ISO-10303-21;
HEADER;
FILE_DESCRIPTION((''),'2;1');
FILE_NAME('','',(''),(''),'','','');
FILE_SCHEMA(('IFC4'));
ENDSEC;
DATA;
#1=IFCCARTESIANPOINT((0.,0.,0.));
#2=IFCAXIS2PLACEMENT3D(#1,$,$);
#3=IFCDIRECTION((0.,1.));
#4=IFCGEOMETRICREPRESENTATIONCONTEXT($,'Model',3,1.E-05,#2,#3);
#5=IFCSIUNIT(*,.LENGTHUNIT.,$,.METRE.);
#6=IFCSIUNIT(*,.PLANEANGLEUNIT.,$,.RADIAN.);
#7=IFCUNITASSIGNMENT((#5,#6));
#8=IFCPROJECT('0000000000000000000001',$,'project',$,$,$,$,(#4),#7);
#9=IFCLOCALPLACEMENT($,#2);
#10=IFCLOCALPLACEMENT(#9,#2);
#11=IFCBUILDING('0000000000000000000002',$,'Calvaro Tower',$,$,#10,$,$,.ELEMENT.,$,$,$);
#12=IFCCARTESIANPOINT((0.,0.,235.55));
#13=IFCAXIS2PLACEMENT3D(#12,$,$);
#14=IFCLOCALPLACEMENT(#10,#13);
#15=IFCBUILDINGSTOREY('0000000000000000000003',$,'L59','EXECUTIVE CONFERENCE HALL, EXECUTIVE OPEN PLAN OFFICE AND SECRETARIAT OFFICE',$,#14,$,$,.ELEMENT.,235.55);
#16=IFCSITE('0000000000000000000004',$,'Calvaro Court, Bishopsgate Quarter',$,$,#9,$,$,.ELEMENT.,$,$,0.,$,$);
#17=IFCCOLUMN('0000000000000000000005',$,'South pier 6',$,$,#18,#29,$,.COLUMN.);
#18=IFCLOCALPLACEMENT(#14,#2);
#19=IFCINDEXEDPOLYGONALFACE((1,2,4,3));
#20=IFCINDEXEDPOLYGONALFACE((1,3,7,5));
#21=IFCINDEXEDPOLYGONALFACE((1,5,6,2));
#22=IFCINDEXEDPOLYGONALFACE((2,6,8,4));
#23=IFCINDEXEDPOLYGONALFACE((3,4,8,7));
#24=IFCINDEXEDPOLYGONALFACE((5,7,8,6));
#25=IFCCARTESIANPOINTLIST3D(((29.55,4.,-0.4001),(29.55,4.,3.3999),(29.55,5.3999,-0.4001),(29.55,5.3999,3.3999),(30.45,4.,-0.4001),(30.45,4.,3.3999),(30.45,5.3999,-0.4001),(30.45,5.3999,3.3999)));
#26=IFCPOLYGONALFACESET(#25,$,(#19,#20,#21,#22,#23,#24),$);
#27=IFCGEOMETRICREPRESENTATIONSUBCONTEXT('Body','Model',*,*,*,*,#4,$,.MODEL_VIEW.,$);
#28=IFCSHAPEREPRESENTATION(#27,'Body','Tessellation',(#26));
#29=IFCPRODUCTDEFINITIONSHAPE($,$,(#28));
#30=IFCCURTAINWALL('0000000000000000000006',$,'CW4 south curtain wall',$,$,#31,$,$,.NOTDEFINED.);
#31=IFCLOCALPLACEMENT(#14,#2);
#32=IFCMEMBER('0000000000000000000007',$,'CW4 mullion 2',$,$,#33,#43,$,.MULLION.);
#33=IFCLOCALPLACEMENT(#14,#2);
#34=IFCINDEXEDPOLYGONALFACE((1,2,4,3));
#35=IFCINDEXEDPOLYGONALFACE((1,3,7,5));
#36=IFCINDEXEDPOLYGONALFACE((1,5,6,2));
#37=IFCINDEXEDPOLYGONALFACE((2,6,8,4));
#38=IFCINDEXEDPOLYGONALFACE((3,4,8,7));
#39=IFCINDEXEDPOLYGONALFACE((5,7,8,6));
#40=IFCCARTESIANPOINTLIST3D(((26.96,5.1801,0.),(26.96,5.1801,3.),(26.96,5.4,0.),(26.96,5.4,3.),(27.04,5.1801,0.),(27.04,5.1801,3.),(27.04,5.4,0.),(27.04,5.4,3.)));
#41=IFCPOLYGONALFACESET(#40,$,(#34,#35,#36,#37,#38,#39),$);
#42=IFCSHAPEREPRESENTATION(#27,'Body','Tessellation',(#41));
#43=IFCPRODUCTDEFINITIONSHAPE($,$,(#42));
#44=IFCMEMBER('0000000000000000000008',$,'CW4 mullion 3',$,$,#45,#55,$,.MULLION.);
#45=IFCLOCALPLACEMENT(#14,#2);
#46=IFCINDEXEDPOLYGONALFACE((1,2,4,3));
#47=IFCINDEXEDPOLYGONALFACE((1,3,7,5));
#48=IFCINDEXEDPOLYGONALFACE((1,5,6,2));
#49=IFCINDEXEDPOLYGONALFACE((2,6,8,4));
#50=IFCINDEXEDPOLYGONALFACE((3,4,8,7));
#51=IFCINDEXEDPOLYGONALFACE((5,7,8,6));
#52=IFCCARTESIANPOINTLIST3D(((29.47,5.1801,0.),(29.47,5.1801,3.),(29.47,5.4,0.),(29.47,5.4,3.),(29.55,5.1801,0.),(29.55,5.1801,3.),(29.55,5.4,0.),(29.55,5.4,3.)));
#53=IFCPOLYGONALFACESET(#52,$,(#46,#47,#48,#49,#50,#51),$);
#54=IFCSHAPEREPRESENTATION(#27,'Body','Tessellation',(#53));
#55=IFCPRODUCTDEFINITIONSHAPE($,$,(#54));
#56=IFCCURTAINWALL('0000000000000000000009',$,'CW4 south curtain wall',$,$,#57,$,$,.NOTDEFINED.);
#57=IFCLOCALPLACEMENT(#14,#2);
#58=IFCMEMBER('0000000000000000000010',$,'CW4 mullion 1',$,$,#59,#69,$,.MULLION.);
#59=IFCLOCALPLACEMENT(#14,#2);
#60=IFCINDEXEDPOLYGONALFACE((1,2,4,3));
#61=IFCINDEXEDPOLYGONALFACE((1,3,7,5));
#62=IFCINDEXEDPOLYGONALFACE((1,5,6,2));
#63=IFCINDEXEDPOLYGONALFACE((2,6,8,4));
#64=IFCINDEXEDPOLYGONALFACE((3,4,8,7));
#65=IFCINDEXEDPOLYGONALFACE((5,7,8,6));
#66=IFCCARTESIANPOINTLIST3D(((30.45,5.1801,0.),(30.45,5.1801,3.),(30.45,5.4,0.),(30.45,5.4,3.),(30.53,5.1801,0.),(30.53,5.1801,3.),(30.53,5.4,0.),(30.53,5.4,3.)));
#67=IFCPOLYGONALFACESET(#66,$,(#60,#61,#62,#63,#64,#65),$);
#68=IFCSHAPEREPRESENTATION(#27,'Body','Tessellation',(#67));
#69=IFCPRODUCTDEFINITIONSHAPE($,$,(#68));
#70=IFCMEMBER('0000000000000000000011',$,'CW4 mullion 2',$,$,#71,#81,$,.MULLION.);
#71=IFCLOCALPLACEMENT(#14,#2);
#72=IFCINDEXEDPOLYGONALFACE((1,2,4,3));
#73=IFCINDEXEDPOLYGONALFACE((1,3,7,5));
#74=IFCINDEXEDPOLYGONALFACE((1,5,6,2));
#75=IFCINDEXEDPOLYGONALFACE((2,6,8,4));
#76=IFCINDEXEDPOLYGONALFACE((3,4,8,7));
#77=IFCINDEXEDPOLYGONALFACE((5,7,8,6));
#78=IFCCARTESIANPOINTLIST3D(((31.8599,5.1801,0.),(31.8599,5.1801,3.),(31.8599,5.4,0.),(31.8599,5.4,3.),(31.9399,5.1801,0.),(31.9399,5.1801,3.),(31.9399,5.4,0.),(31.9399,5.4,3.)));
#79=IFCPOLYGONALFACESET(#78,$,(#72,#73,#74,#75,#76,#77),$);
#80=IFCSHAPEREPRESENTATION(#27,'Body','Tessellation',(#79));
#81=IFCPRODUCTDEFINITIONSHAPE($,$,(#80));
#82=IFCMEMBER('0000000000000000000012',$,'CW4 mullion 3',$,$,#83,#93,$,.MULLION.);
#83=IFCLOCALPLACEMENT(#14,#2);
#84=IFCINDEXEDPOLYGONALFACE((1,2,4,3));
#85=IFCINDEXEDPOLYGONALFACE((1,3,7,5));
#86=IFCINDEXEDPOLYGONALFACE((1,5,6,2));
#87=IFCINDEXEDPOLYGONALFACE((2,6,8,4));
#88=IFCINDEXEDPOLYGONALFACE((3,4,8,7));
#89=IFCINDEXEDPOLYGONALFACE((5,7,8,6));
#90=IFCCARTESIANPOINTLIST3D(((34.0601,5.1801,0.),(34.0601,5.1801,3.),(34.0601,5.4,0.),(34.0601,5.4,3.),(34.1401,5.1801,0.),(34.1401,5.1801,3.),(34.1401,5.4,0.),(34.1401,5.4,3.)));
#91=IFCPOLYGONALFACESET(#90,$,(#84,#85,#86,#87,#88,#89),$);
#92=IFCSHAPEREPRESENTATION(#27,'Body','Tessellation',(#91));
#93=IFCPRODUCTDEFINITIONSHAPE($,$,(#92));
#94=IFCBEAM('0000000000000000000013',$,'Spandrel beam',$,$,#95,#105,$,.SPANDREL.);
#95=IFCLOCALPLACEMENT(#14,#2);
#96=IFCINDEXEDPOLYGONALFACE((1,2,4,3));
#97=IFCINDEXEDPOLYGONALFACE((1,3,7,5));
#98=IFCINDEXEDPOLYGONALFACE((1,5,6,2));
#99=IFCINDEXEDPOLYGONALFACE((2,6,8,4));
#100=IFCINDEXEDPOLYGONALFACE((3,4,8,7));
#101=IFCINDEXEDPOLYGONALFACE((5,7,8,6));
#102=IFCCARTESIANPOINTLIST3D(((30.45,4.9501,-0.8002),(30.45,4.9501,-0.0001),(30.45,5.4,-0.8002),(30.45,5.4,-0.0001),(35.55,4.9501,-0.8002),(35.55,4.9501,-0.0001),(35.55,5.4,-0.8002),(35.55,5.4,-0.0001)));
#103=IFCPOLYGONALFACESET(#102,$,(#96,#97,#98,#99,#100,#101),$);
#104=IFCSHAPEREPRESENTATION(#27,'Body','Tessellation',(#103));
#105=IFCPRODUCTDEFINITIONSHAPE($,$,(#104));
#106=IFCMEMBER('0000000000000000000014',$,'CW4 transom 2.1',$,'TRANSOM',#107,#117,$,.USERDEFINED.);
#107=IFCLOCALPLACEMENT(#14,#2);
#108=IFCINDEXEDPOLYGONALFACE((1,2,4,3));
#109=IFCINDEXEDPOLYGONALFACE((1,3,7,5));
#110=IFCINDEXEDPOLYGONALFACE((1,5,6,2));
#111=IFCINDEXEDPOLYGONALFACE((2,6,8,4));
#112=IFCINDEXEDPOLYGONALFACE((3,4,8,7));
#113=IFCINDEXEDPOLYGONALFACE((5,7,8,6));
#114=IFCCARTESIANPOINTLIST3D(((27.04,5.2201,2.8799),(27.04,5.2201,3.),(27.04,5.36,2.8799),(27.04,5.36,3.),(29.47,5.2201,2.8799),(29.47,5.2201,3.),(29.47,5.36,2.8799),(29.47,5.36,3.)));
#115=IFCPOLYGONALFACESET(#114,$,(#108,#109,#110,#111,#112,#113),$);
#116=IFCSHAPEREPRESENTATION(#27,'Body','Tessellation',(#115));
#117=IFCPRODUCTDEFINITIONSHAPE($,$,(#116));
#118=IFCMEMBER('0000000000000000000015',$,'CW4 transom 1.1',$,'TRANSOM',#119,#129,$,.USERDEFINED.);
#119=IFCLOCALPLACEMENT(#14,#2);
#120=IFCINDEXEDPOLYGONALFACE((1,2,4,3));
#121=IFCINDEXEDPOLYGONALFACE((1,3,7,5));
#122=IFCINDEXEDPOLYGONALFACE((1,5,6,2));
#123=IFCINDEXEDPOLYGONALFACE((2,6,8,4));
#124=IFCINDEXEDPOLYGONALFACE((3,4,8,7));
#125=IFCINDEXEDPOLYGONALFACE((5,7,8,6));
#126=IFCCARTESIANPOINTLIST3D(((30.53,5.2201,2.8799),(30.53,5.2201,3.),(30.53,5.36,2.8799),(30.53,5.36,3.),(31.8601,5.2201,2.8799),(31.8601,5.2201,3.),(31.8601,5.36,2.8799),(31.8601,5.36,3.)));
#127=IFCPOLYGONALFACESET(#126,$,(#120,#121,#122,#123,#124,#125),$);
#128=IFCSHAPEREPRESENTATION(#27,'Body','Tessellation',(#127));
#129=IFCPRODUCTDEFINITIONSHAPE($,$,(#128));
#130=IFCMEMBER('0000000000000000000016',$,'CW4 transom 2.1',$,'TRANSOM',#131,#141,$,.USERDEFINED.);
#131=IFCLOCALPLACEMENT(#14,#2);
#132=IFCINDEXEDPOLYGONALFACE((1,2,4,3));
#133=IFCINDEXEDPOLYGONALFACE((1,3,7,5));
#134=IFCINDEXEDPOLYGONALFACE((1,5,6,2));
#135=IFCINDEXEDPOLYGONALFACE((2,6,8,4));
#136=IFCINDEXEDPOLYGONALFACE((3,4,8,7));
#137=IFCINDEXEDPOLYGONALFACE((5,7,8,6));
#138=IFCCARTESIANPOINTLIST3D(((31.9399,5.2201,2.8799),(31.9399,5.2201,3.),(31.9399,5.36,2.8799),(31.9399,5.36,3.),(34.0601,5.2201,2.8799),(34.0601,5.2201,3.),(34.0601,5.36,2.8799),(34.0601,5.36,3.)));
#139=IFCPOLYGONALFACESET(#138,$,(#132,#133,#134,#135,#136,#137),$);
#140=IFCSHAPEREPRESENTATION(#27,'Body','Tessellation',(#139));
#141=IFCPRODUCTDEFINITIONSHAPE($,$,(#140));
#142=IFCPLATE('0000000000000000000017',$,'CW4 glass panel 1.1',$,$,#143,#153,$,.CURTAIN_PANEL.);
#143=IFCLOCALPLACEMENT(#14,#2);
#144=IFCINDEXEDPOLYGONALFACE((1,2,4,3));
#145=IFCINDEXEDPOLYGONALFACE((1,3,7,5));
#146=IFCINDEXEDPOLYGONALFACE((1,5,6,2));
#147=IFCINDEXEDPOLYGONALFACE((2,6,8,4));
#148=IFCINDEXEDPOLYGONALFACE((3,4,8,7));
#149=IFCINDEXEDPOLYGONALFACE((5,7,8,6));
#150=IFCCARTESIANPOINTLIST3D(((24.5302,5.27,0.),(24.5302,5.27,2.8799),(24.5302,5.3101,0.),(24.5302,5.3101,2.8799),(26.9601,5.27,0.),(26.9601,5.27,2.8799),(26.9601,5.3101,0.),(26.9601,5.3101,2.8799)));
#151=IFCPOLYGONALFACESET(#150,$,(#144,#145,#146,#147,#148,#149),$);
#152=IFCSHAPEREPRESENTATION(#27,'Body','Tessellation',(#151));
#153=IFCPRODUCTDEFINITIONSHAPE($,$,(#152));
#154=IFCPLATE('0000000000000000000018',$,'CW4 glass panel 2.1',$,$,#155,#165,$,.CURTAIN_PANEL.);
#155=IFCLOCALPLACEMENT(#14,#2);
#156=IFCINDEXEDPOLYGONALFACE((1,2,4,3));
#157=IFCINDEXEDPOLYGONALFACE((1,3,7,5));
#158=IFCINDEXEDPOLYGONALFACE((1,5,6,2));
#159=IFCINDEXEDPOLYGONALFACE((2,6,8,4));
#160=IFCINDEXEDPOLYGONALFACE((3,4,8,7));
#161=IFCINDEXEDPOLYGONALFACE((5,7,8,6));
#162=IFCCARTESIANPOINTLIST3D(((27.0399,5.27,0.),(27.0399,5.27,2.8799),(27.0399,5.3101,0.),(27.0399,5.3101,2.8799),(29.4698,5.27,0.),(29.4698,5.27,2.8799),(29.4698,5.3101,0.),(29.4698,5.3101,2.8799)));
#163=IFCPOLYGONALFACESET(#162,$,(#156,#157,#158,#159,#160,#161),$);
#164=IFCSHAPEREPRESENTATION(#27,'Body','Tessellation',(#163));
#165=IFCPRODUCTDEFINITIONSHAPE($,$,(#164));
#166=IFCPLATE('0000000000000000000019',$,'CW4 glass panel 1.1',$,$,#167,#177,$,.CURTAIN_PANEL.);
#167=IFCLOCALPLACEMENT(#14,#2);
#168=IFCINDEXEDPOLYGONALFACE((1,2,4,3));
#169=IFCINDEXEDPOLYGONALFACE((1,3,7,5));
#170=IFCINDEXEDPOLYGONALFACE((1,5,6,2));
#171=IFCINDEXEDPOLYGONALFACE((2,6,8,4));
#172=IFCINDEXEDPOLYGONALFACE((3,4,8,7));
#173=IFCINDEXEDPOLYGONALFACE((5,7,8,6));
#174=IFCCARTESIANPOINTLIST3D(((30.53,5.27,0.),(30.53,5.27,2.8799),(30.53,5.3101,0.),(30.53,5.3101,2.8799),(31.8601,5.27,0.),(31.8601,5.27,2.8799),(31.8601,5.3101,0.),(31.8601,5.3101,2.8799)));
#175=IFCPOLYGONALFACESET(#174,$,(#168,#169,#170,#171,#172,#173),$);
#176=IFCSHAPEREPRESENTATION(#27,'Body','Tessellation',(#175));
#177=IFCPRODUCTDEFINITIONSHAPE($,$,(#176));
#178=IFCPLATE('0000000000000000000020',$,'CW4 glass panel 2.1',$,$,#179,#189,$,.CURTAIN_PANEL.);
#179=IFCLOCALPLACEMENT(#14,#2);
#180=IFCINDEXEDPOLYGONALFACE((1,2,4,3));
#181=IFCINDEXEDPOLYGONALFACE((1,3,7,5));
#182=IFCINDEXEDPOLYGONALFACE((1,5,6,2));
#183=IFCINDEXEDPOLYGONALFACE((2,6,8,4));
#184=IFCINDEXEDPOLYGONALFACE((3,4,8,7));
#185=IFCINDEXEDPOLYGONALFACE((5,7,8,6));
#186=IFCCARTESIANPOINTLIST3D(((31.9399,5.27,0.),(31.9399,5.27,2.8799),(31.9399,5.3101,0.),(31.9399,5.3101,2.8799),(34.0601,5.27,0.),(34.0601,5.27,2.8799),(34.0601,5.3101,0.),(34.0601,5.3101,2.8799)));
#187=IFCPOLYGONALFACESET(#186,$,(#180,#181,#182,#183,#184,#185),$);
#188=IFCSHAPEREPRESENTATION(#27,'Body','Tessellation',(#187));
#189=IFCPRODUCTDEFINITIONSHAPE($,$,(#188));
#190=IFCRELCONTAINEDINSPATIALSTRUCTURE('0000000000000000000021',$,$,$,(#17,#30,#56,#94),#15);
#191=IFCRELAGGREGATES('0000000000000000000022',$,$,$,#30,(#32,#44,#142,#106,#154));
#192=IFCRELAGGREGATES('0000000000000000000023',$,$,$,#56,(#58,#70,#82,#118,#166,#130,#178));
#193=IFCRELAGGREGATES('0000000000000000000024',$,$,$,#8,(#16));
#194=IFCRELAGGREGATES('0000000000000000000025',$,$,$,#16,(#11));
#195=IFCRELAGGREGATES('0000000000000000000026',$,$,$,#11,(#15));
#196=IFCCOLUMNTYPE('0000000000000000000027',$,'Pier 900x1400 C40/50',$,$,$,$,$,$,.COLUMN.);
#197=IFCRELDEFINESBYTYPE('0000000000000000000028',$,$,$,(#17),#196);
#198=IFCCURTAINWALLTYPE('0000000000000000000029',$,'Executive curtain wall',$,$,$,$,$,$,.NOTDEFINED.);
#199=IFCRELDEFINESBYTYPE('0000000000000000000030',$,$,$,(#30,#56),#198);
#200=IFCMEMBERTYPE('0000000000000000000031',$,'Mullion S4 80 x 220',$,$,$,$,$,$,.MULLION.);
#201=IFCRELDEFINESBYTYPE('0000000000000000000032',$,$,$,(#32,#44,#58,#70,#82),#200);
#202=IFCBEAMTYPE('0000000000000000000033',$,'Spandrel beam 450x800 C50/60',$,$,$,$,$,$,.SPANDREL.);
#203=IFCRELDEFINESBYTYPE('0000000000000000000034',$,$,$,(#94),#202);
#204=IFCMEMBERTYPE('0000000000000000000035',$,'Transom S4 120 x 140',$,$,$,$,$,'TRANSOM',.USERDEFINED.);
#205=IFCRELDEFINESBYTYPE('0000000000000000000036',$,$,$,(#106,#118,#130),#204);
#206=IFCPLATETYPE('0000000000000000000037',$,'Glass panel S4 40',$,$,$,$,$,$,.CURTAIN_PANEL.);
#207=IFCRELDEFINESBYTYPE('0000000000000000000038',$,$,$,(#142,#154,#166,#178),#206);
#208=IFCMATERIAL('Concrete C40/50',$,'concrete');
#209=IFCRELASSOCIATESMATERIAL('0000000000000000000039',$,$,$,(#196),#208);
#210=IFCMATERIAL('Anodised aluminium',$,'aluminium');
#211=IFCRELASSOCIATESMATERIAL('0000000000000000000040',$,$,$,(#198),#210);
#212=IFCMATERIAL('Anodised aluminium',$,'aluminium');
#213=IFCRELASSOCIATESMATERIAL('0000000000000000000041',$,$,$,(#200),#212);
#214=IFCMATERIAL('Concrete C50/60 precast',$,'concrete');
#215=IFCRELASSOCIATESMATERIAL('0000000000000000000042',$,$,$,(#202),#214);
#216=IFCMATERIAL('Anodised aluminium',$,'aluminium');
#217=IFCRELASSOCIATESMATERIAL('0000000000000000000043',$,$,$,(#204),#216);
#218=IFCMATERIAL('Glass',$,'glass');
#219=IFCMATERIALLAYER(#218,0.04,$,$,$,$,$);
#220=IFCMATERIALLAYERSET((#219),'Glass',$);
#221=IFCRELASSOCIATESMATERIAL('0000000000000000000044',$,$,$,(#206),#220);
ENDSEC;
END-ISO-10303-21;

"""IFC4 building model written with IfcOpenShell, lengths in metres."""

from ifc_helpers import new_model, si_unit, direction, frame, origin, origin_2d, place, context, subcontext, project, spatial, rectangle, extrude, material, layer, layer_set, material_profile, profile_set, type_object, element, aggregate, save


model = new_model("IFC4")

# Units and contexts
model_context = context("Model", 3, precision=1e-05, world=origin(), true_north=direction((0.0, 1.0)))
body_context = subcontext(model_context, "Body", "Model", "MODEL_VIEW")
ifc_project = project(units=[si_unit("LENGTHUNIT", "METRE"), si_unit("PLANEANGLEUNIT", "RADIAN")], contexts=[model_context])

# Site, building, storey
site_placement = place(None, origin())
site = spatial("IfcSite", under=ifc_project, at=site_placement, Name="Calvaro Court, Bishopsgate Quarter", CompositionType="ELEMENT", RefElevation=0.0)
building_placement = place(site_placement, origin())
building = spatial("IfcBuilding", under=site, at=building_placement, Name="Calvaro Tower", CompositionType="ELEMENT")
storey_placement = place(building_placement, frame((0.0, 0.0, 235.55)))
storey = spatial("IfcBuildingStorey", under=building, at=storey_placement, Name="L59", Description="EXECUTIVE CONFERENCE HALL, EXECUTIVE OPEN PLAN OFFICE AND SECRETARIAT OFFICE", CompositionType="ELEMENT", Elevation=235.55)

# Column
ifc_material_1 = material(Name="Concrete C40/50", Category="concrete")
ifc_material_profile_1 = material_profile(ifc_material_1, rectangle(XDim=0.8999, YDim=1.3999, at=origin_2d()), Name="RC 900x1400")
ifc_profile_set_1 = profile_set([ifc_material_profile_1], Name="Concrete C40/50")
column_type = type_object("IfcColumnType", Name="Pier 900x1400 C40/50", PredefinedType="COLUMN", material=ifc_profile_set_1)
column_placement = place(storey_placement, frame((30.0, 4.7, -0.4001), z_axis=(0.0, 0.0, 1.0), x_axis=(1.0, 0.0, 0.0)))
element("IfcColumn", 1, at=column_placement, inside=storey, type_object=column_type, Name="South pier 6", PredefinedType="COLUMN", context=body_context, shape_type="SweptSolid", body=[
    extrude(rectangle(XDim=0.8999, YDim=1.3999, at=origin_2d()), origin(), (0.0, 0.0, 1.0), 3.8),
])

# Curtain walls, members
ifc_material_2 = material(Name="Anodised aluminium", Category="aluminium")
curtain_wall_type = type_object("IfcCurtainWallType", Name="Executive curtain wall", PredefinedType="NOTDEFINED", material=ifc_material_2)
curtain_wall_1_placement = place(storey_placement, origin())
curtain_wall_1 = element("IfcCurtainWall", 2, at=curtain_wall_1_placement, inside=storey, type_object=curtain_wall_type, Name="CW4 south curtain wall", PredefinedType="NOTDEFINED")
ifc_material_3 = material(Name="Anodised aluminium", Category="aluminium")
ifc_material_profile_2 = material_profile(ifc_material_3, rectangle(XDim=0.22, YDim=0.0801, at=origin_2d()), Name="Mullion S4 80 x 220")
ifc_profile_set_2 = profile_set([ifc_material_profile_2], Name="Anodised aluminium")
member_type_1 = type_object("IfcMemberType", Name="Mullion S4 80 x 220", PredefinedType="MULLION", material=ifc_profile_set_2)
member_1_placement = place(storey_placement, frame((27.0, 5.29, 0.0), z_axis=(0.0, 0.0, 1.0), x_axis=(0.0, 1.0, 0.0)))
member_1 = element("IfcMember", 3, at=member_1_placement, type_object=member_type_1, Name="CW4 mullion 2", PredefinedType="MULLION", context=body_context, shape_type="SweptSolid", body=[
    extrude(rectangle(XDim=0.22, YDim=0.0801, at=origin_2d()), origin(), (0.0, 0.0, 1.0), 3.0),
])
member_2_placement = place(storey_placement, frame((29.51, 5.29, 0.0), z_axis=(0.0, 0.0, 1.0), x_axis=(0.0, 1.0, 0.0)))
member_2 = element("IfcMember", 4, at=member_2_placement, type_object=member_type_1, Name="CW4 mullion 3", PredefinedType="MULLION", context=body_context, shape_type="SweptSolid", body=[
    extrude(rectangle(XDim=0.22, YDim=0.0801, at=origin_2d()), origin(), (0.0, 0.0, 1.0), 3.0),
])
curtain_wall_2_placement = place(storey_placement, origin())
curtain_wall_2 = element("IfcCurtainWall", 5, at=curtain_wall_2_placement, inside=storey, type_object=curtain_wall_type, Name="CW4 south curtain wall", PredefinedType="NOTDEFINED")
member_3_placement = place(storey_placement, frame((30.49, 5.29, 0.0), z_axis=(0.0, 0.0, 1.0), x_axis=(0.0, 1.0, 0.0)))
member_3 = element("IfcMember", 6, at=member_3_placement, type_object=member_type_1, Name="CW4 mullion 1", PredefinedType="MULLION", context=body_context, shape_type="SweptSolid", body=[
    extrude(rectangle(XDim=0.22, YDim=0.0801, at=origin_2d()), origin(), (0.0, 0.0, 1.0), 3.0),
])
member_4_placement = place(storey_placement, frame((31.8999, 5.29, 0.0), z_axis=(0.0, 0.0, 1.0), x_axis=(0.0, 1.0, 0.0)))
member_4 = element("IfcMember", 7, at=member_4_placement, type_object=member_type_1, Name="CW4 mullion 2", PredefinedType="MULLION", context=body_context, shape_type="SweptSolid", body=[
    extrude(rectangle(XDim=0.22, YDim=0.0801, at=origin_2d()), origin(), (0.0, 0.0, 1.0), 3.0),
])
member_5_placement = place(storey_placement, frame((34.1001, 5.29, 0.0), z_axis=(0.0, 0.0, 1.0), x_axis=(0.0, 1.0, 0.0)))
member_5 = element("IfcMember", 8, at=member_5_placement, type_object=member_type_1, Name="CW4 mullion 3", PredefinedType="MULLION", context=body_context, shape_type="SweptSolid", body=[
    extrude(rectangle(XDim=0.22, YDim=0.0801, at=origin_2d()), origin(), (0.0, 0.0, 1.0), 3.0),
])

# Beam
ifc_material_4 = material(Name="Concrete C50/60 precast", Category="concrete")
ifc_material_profile_3 = material_profile(ifc_material_4, rectangle(XDim=0.45, YDim=0.8, at=origin_2d()), Name="RC 450x800")
ifc_profile_set_3 = profile_set([ifc_material_profile_3], Name="Concrete C50/60 precast")
beam_type = type_object("IfcBeamType", Name="Spandrel beam 450x800 C50/60", PredefinedType="SPANDREL", material=ifc_profile_set_3)
beam_placement = place(storey_placement, frame((30.45, 5.175, -0.4001), z_axis=(1.0, 0.0, 0.0), x_axis=(0.0, 1.0, 0.0)))
element("IfcBeam", 9, at=beam_placement, inside=storey, type_object=beam_type, Name="Spandrel beam", PredefinedType="SPANDREL", context=body_context, shape_type="SweptSolid", body=[
    extrude(rectangle(XDim=0.45, YDim=0.8, at=origin_2d()), origin(), (0.0, 0.0, 1.0), 5.1001),
])

# Members
ifc_material_5 = material(Name="Anodised aluminium", Category="aluminium")
ifc_material_profile_4 = material_profile(ifc_material_5, rectangle(XDim=0.1399, YDim=0.1201, at=origin_2d()), Name="Transom S4 120 x 140")
ifc_profile_set_4 = profile_set([ifc_material_profile_4], Name="Anodised aluminium")
member_type_2 = type_object("IfcMemberType", Name="Transom S4 120 x 140", ElementType="TRANSOM", PredefinedType="USERDEFINED", material=ifc_profile_set_4)
member_6_placement = place(storey_placement, frame((27.04, 5.29, 2.9399), z_axis=(1.0, 0.0, 0.0), x_axis=(0.0, 1.0, 0.0)))
member_6 = element("IfcMember", 10, at=member_6_placement, type_object=member_type_2, Name="CW4 transom 2.1", ObjectType="TRANSOM", PredefinedType="USERDEFINED", context=body_context, shape_type="SweptSolid", body=[
    extrude(rectangle(XDim=0.1399, YDim=0.1201, at=origin_2d()), origin(), (0.0, 0.0, 1.0), 2.4299),
])
member_7_placement = place(storey_placement, frame((30.53, 5.29, 2.9399), z_axis=(1.0, 0.0, 0.0), x_axis=(0.0, 1.0, 0.0)))
member_7 = element("IfcMember", 11, at=member_7_placement, type_object=member_type_2, Name="CW4 transom 1.1", ObjectType="TRANSOM", PredefinedType="USERDEFINED", context=body_context, shape_type="SweptSolid", body=[
    extrude(rectangle(XDim=0.1399, YDim=0.1201, at=origin_2d()), origin(), (0.0, 0.0, 1.0), 1.3301),
])
member_8_placement = place(storey_placement, frame((31.9399, 5.29, 2.9399), z_axis=(1.0, 0.0, 0.0), x_axis=(0.0, 1.0, 0.0)))
member_8 = element("IfcMember", 12, at=member_8_placement, type_object=member_type_2, Name="CW4 transom 2.1", ObjectType="TRANSOM", PredefinedType="USERDEFINED", context=body_context, shape_type="SweptSolid", body=[
    extrude(rectangle(XDim=0.1399, YDim=0.1201, at=origin_2d()), origin(), (0.0, 0.0, 1.0), 2.1201),
])

# Plates
ifc_material_6 = material(Name="Glass", Category="glass")
ifc_layer_1 = layer(ifc_material_6, 0.04)
ifc_layer_set_1 = layer_set([ifc_layer_1], Name="Glass")
plate_type = type_object("IfcPlateType", Name="Glass panel S4 40", PredefinedType="CURTAIN_PANEL", material=ifc_layer_set_1)
plate_1_placement = place(storey_placement, frame((25.7451, 5.29, 0.0), z_axis=(0.0, 0.0, 1.0), x_axis=(1.0, 0.0, 0.0)))
plate_1 = element("IfcPlate", 13, at=plate_1_placement, type_object=plate_type, Name="CW4 glass panel 1.1", PredefinedType="CURTAIN_PANEL", context=body_context, shape_type="SweptSolid", body=[
    extrude(rectangle(XDim=2.4299, YDim=0.04, at=origin_2d()), origin(), (0.0, 0.0, 1.0), 2.8799),
])
plate_2_placement = place(storey_placement, frame((28.2549, 5.29, 0.0), z_axis=(0.0, 0.0, 1.0), x_axis=(1.0, 0.0, 0.0)))
plate_2 = element("IfcPlate", 14, at=plate_2_placement, type_object=plate_type, Name="CW4 glass panel 2.1", PredefinedType="CURTAIN_PANEL", context=body_context, shape_type="SweptSolid", body=[
    extrude(rectangle(XDim=2.4299, YDim=0.04, at=origin_2d()), origin(), (0.0, 0.0, 1.0), 2.8799),
])
aggregate(curtain_wall_1, [member_1, member_2, plate_1, member_6, plate_2])
plate_3_placement = place(storey_placement, frame((31.1951, 5.29, 0.0), z_axis=(0.0, 0.0, 1.0), x_axis=(1.0, 0.0, 0.0)))
plate_3 = element("IfcPlate", 15, at=plate_3_placement, type_object=plate_type, Name="CW4 glass panel 1.1", PredefinedType="CURTAIN_PANEL", context=body_context, shape_type="SweptSolid", body=[
    extrude(rectangle(XDim=1.3301, YDim=0.04, at=origin_2d()), origin(), (0.0, 0.0, 1.0), 2.8799),
])
plate_4_placement = place(storey_placement, frame((33.0, 5.29, 0.0), z_axis=(0.0, 0.0, 1.0), x_axis=(1.0, 0.0, 0.0)))
plate_4 = element("IfcPlate", 16, at=plate_4_placement, type_object=plate_type, Name="CW4 glass panel 2.1", PredefinedType="CURTAIN_PANEL", context=body_context, shape_type="SweptSolid", body=[
    extrude(rectangle(XDim=2.1201, YDim=0.04, at=origin_2d()), origin(), (0.0, 0.0, 1.0), 2.8799),
])
aggregate(curtain_wall_2, [member_3, member_4, member_5, member_7, plate_3, member_8, plate_4])

save(model, "model.ifc")
